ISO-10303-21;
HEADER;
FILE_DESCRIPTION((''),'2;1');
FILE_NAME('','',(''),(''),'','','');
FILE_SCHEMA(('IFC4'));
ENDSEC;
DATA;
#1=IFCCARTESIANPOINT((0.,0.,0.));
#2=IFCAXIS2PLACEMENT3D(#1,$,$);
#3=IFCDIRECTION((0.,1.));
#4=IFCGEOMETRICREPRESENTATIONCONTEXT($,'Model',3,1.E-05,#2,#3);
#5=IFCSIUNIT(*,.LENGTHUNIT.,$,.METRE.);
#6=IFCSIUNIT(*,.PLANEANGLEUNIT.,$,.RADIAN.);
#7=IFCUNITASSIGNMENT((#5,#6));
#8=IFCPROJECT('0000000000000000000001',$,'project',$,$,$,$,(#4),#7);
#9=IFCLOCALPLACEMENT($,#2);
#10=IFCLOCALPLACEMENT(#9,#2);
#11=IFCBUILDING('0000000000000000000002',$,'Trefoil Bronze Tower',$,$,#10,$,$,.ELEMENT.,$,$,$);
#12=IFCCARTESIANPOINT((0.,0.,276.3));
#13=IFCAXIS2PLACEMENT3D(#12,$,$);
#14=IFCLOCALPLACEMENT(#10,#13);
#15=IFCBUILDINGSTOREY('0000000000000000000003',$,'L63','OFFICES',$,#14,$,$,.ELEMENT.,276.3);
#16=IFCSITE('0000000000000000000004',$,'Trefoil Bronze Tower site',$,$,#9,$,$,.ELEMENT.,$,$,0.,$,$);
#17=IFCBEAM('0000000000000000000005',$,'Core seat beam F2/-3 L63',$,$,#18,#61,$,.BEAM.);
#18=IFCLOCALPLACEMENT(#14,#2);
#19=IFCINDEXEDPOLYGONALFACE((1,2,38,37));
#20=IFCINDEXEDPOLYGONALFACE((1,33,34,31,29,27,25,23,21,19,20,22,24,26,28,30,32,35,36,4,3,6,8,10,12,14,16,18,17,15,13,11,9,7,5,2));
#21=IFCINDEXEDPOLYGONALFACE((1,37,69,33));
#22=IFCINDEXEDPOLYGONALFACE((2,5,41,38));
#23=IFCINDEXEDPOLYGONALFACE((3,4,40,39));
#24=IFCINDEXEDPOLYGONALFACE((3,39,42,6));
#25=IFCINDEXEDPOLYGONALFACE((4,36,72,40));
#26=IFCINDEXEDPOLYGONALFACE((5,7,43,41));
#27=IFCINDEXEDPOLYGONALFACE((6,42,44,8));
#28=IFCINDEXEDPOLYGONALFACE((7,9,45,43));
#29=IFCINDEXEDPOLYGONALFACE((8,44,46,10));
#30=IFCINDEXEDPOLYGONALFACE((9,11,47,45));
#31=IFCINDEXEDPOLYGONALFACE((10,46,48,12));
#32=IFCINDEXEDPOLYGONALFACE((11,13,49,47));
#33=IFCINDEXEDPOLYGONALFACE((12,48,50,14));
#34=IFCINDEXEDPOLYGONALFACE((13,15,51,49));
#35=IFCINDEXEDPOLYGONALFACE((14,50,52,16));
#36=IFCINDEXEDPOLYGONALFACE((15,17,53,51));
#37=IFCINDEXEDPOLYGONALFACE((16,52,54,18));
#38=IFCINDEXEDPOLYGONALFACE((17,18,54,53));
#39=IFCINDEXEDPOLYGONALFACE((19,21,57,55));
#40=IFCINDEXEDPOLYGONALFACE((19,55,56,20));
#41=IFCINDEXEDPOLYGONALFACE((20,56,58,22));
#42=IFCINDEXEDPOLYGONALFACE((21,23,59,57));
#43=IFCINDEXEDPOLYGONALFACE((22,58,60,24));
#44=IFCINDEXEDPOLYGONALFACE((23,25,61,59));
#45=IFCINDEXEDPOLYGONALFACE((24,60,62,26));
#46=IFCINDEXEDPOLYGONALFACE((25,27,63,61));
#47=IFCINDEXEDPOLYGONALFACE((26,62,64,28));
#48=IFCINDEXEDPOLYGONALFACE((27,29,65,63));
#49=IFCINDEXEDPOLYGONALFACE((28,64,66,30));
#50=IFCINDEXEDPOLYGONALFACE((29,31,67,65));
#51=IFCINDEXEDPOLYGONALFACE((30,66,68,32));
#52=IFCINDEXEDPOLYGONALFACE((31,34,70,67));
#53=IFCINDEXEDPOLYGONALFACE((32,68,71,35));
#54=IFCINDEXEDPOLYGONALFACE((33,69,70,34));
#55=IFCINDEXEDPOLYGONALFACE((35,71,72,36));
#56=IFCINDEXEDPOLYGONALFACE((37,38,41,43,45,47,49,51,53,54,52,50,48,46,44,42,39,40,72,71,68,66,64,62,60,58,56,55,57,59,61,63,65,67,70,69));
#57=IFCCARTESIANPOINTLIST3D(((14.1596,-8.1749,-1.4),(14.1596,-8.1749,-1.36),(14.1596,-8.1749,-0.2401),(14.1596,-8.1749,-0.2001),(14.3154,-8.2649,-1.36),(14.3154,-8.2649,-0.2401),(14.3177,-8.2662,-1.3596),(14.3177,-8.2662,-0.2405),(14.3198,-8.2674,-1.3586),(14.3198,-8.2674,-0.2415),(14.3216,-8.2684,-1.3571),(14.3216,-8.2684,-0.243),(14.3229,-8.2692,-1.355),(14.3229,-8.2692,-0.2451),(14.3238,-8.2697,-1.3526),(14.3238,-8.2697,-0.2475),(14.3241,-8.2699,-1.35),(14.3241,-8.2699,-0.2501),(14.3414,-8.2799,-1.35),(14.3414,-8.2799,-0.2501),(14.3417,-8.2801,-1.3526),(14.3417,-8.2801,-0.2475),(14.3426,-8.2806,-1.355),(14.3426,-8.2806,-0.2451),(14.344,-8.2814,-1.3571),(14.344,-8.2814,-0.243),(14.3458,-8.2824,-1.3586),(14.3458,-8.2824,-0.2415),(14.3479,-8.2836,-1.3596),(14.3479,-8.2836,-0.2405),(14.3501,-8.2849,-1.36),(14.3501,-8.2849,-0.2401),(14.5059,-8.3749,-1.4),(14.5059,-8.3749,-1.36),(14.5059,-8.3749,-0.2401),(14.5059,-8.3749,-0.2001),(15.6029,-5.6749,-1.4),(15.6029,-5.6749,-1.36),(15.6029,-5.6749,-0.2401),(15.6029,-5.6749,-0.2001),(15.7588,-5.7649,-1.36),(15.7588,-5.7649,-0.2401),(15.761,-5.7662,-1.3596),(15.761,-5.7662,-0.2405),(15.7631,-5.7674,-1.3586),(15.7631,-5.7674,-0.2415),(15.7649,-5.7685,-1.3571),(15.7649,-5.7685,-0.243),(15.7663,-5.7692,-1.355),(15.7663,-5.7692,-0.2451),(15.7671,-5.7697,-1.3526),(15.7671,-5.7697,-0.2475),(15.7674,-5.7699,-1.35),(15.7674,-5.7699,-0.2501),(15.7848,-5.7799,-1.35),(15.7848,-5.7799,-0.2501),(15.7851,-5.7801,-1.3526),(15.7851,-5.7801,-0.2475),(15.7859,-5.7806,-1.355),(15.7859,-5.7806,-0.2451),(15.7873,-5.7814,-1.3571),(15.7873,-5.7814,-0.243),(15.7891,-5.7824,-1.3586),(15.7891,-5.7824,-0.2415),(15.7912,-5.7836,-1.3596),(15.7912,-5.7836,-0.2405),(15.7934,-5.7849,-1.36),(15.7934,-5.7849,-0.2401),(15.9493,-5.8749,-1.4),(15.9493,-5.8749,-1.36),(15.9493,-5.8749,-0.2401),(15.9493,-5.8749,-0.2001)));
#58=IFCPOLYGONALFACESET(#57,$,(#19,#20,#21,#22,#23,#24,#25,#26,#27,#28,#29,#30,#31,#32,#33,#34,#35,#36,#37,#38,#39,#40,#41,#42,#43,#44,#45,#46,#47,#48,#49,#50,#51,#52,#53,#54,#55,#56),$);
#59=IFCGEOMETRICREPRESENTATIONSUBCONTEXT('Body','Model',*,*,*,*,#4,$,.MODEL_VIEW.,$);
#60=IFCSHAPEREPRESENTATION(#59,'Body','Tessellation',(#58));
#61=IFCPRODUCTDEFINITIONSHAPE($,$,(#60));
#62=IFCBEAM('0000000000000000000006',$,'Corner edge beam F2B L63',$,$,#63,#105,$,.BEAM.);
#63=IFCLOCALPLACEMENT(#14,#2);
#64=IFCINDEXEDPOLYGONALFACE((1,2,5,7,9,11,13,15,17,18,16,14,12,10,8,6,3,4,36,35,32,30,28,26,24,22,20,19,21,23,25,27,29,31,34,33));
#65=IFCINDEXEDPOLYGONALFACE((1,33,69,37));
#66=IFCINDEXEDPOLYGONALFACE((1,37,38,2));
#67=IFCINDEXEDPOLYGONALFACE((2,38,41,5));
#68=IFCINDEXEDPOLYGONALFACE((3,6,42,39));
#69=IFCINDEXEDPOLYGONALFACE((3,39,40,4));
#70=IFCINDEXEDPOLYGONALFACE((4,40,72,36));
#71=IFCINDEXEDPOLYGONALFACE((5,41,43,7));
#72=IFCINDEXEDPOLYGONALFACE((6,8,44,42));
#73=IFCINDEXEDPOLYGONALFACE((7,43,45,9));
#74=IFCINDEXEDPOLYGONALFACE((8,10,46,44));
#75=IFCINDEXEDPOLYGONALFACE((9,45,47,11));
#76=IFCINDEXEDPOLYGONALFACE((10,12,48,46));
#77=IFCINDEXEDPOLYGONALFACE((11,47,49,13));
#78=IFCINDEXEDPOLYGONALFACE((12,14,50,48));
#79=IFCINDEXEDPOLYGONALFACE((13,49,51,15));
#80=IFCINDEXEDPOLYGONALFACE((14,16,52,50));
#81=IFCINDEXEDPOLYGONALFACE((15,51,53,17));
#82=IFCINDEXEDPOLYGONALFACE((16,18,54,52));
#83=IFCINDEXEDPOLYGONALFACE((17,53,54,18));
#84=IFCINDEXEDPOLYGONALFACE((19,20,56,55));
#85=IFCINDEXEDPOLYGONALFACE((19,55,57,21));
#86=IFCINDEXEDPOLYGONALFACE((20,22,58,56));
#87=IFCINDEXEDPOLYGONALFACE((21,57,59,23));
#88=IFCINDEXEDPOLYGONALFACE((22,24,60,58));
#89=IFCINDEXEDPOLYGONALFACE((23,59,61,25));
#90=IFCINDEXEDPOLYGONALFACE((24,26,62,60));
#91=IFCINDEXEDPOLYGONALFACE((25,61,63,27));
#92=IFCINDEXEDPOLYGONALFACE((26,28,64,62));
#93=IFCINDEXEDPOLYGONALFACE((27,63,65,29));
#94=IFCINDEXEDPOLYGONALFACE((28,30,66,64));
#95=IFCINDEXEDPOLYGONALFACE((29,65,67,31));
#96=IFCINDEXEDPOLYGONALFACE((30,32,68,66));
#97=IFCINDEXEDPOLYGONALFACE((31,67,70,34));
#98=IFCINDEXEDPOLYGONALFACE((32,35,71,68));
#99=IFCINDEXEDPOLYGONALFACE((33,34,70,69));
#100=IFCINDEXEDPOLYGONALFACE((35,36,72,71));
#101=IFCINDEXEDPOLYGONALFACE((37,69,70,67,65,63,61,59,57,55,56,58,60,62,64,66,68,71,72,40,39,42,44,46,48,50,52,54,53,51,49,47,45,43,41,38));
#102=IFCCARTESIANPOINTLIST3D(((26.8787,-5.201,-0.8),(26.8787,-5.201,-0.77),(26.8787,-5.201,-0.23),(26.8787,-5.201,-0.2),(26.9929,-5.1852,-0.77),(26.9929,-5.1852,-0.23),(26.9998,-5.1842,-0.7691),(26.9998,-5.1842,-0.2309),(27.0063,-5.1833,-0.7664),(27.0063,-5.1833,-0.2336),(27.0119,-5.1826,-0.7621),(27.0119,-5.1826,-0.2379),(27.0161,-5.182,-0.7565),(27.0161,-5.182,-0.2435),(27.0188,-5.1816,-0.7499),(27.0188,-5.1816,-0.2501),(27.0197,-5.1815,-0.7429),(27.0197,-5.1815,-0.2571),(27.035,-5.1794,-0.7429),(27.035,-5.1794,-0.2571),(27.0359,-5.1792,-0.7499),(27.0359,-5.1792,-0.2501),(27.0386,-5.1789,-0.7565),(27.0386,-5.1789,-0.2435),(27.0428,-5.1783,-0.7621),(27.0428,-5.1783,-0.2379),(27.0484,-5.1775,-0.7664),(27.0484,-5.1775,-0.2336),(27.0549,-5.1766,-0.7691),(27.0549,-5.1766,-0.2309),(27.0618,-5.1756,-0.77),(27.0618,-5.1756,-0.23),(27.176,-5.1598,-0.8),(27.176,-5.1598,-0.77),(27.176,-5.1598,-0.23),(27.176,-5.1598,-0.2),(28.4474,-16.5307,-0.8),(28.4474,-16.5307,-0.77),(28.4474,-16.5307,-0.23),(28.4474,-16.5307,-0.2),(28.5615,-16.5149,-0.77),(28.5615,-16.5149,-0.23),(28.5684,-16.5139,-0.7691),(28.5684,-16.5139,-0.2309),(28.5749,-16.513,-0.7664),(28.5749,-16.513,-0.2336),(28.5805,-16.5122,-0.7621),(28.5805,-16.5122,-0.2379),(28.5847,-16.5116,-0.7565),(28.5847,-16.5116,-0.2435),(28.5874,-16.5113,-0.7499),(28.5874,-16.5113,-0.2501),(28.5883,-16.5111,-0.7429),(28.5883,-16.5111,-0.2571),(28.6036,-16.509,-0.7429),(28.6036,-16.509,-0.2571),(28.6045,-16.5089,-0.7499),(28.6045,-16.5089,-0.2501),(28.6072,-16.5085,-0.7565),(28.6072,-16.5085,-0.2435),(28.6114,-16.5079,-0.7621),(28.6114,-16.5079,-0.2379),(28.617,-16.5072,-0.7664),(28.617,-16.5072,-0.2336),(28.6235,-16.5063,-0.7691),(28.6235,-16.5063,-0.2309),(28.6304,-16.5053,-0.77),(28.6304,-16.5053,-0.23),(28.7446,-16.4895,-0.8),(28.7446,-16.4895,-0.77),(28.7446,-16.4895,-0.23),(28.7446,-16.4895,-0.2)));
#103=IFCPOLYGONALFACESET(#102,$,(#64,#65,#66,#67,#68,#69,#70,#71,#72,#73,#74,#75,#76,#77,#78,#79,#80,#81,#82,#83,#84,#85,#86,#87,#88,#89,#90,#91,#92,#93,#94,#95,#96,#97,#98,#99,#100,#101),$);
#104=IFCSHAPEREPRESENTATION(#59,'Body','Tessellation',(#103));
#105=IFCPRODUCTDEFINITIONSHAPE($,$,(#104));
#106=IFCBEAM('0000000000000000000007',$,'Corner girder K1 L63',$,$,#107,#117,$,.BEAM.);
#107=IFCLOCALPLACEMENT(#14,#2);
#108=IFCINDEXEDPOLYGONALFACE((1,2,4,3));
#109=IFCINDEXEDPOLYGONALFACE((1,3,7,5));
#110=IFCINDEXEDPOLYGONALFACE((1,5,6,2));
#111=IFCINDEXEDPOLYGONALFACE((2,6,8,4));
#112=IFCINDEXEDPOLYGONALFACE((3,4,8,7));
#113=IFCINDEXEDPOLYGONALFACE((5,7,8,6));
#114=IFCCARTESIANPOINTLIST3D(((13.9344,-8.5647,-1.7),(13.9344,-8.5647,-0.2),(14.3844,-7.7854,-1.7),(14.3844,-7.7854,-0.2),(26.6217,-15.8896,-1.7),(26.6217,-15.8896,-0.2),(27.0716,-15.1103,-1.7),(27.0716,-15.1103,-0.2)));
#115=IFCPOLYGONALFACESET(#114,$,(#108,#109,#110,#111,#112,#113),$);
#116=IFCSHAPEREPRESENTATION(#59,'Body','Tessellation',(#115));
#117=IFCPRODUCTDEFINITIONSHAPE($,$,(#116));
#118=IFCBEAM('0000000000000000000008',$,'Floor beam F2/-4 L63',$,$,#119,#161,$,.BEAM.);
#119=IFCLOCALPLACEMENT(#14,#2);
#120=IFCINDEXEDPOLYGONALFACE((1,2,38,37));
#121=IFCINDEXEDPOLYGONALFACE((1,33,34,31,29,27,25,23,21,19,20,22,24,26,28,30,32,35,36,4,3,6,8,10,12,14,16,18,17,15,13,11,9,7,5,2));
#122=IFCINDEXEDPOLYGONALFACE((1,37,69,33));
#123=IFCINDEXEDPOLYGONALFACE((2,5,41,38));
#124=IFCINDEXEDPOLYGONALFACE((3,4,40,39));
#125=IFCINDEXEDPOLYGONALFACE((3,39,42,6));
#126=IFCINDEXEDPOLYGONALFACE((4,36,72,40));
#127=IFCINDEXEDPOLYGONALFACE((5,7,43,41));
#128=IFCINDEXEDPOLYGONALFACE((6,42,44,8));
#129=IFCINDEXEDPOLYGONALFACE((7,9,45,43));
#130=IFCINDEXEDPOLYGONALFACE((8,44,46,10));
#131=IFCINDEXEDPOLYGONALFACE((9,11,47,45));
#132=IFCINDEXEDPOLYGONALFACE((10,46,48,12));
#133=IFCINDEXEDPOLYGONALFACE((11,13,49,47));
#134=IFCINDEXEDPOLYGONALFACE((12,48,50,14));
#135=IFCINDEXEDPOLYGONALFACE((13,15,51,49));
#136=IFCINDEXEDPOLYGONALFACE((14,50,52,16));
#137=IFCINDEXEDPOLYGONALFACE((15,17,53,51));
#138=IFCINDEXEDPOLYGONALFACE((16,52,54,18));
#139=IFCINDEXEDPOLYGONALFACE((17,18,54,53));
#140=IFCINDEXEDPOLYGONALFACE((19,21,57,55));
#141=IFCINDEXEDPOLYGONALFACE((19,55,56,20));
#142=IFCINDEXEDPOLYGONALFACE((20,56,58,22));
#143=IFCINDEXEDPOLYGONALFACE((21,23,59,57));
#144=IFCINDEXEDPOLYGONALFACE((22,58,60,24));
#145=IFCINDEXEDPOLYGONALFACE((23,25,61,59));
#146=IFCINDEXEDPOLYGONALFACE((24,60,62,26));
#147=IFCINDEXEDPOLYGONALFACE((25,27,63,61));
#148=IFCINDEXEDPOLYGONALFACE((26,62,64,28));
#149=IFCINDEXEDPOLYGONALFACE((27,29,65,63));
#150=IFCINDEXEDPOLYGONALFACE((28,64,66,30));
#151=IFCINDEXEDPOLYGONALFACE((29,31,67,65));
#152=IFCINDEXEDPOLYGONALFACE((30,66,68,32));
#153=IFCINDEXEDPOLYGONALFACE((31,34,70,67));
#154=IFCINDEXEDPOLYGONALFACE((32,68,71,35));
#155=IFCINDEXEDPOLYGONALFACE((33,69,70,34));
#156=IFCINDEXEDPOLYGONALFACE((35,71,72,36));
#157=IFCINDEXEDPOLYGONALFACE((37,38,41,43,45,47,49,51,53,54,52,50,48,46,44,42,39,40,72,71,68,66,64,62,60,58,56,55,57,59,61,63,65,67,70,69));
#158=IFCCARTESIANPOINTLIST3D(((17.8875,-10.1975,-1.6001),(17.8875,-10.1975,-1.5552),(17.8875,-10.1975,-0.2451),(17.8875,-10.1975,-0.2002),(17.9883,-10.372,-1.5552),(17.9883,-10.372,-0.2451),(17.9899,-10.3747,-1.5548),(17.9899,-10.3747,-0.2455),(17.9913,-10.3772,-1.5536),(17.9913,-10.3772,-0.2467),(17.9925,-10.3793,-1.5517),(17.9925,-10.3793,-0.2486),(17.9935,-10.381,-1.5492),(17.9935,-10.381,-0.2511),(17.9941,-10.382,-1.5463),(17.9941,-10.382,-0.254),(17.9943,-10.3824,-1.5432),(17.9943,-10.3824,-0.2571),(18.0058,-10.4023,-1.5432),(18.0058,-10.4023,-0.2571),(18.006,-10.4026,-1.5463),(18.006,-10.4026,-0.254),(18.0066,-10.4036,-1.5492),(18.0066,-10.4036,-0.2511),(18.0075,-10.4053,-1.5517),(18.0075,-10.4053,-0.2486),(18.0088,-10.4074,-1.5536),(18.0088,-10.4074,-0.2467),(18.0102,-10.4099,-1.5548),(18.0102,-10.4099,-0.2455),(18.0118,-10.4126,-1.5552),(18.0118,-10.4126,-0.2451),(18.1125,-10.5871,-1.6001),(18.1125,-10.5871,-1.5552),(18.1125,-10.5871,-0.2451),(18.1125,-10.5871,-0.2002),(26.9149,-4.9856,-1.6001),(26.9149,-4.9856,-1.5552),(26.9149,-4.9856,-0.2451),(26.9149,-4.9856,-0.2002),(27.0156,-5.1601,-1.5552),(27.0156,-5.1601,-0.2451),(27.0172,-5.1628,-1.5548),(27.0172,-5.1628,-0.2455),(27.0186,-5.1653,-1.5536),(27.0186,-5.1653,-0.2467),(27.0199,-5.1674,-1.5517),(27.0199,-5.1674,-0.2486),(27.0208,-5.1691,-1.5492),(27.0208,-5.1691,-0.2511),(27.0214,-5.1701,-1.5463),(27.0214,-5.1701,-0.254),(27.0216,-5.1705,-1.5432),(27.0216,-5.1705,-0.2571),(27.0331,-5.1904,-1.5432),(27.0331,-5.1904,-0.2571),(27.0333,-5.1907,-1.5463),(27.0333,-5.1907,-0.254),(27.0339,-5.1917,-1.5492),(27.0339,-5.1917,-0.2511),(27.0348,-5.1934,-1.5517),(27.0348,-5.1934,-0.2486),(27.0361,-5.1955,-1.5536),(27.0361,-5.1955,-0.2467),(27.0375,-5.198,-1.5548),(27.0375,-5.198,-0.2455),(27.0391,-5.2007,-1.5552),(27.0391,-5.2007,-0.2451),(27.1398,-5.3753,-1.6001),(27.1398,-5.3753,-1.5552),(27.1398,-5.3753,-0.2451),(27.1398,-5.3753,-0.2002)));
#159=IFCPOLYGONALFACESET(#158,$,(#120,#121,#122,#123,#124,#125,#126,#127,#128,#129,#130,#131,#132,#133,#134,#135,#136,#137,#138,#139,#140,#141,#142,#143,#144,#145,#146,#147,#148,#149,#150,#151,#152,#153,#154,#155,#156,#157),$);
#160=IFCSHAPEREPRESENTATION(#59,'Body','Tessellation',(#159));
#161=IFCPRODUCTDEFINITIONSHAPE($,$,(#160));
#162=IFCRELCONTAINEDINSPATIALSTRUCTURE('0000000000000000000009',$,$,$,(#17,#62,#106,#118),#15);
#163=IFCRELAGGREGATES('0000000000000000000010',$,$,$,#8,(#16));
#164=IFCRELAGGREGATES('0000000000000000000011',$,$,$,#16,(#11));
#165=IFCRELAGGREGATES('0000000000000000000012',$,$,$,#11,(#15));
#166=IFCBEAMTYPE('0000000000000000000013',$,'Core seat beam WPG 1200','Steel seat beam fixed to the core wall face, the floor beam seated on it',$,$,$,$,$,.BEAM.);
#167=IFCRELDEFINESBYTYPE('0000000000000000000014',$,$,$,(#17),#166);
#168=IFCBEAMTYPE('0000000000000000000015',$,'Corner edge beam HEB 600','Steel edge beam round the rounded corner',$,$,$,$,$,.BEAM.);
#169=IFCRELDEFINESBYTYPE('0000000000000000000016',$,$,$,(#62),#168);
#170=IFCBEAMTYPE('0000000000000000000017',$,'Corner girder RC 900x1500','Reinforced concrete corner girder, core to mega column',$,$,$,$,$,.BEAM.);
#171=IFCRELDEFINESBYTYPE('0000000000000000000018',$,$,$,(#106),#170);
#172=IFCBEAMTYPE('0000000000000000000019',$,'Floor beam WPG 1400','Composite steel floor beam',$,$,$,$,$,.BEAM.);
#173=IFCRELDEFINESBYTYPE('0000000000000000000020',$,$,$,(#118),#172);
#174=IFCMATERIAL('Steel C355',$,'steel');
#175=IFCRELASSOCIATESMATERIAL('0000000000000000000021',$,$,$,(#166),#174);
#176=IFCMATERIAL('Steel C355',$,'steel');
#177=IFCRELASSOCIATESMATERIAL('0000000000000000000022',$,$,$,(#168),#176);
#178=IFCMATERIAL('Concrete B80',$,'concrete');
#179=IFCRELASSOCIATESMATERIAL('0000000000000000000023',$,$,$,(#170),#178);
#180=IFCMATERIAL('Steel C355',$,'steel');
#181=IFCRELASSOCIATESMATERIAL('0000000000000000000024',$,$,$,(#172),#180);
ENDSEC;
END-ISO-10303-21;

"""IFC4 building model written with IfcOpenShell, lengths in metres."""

from ifc_helpers import new_model, si_unit, direction, frame, origin, origin_2d, place, context, subcontext, project, spatial, rectangle, i_section, extrude, material, material_profile, profile_set, type_object, element, save


model = new_model("IFC4")

# Units and contexts
model_context = context("Model", 3, precision=1e-05, world=origin(), true_north=direction((0.0, 1.0)))
body_context = subcontext(model_context, "Body", "Model", "MODEL_VIEW")
ifc_project = project(units=[si_unit("LENGTHUNIT", "METRE"), si_unit("PLANEANGLEUNIT", "RADIAN")], contexts=[model_context])

# Site, building, storey
site_placement = place(None, origin())
site = spatial("IfcSite", under=ifc_project, at=site_placement, Name="Trefoil Bronze Tower site", CompositionType="ELEMENT", RefElevation=0.0)
building_placement = place(site_placement, origin())
building = spatial("IfcBuilding", under=site, at=building_placement, Name="Trefoil Bronze Tower", CompositionType="ELEMENT")
storey_placement = place(building_placement, frame((0.0, 0.0, 276.3)))
storey = spatial("IfcBuildingStorey", under=building, at=storey_placement, Name="L63", Description="OFFICES", CompositionType="ELEMENT", Elevation=276.3)

# Beams
ifc_material_1 = material(Name="Steel C355", Category="steel")
ifc_material_profile_1 = material_profile(ifc_material_1, i_section(OverallWidth=0.3999, OverallDepth=1.2, WebThickness=0.02, FlangeThickness=0.04, FilletRadius=0.01, at=origin_2d()), Name="WPG 1200")
ifc_profile_set_1 = profile_set([ifc_material_profile_1], Name="Steel C355")
beam_type_1 = type_object("IfcBeamType", Name="Core seat beam WPG 1200", Description="Steel seat beam fixed to the core wall face, the floor beam seated on it", PredefinedType="BEAM", material=ifc_profile_set_1)
beam_1_placement = place(storey_placement, frame((14.3328, -8.2749, -0.8), z_axis=(0.499996, 0.866028, 0.0), x_axis=(-0.866028, 0.499996, 0.0)))
element("IfcBeam", 1, at=beam_1_placement, inside=storey, type_object=beam_type_1, Name="Core seat beam F2/-3 L63", PredefinedType="BEAM", context=body_context, shape_type="SweptSolid", body=[
    extrude(i_section(OverallWidth=0.3999, OverallDepth=1.2, WebThickness=0.02, FlangeThickness=0.04, FilletRadius=0.01, at=origin_2d()), origin(), (0.0, 0.0, 1.0), 2.8867),
])
ifc_material_2 = material(Name="Steel C355", Category="steel")
ifc_material_profile_2 = material_profile(ifc_material_2, i_section(OverallWidth=0.3, OverallDepth=0.6001, WebThickness=0.0154, FlangeThickness=0.03, FilletRadius=0.0271, at=origin_2d()), Name="HEB 600")
ifc_profile_set_2 = profile_set([ifc_material_profile_2], Name="Steel C355")
beam_type_2 = type_object("IfcBeamType", Name="Corner edge beam HEB 600", Description="Steel edge beam round the rounded corner", PredefinedType="BEAM", material=ifc_profile_set_2)
beam_2_placement = place(storey_placement, frame((27.0273, -5.1804, -0.5), z_axis=(0.137144, -0.990551, 0.0), x_axis=(0.990551, 0.137144, 0.0)))
element("IfcBeam", 2, at=beam_2_placement, inside=storey, type_object=beam_type_2, Name="Corner edge beam F2B L63", PredefinedType="BEAM", context=body_context, shape_type="SweptSolid", body=[
    extrude(i_section(OverallWidth=0.3, OverallDepth=0.6001, WebThickness=0.0154, FlangeThickness=0.03, FilletRadius=0.0271, at=origin_2d()), origin(), (0.0, 0.0, 1.0), 11.4377),
])
ifc_material_3 = material(Name="Concrete B80", Category="concrete")
ifc_material_profile_3 = material_profile(ifc_material_3, rectangle(XDim=0.8999, YDim=1.5, at=origin_2d()), Name="RC 900x1500")
ifc_profile_set_3 = profile_set([ifc_material_profile_3], Name="Concrete B80")
beam_type_3 = type_object("IfcBeamType", Name="Corner girder RC 900x1500", Description="Reinforced concrete corner girder, core to mega column", PredefinedType="BEAM", material=ifc_profile_set_3)
beam_3_placement = place(storey_placement, frame((14.1594, -8.175, -0.95), z_axis=(0.866027, -0.499998, 0.0), x_axis=(0.499998, 0.866027, 0.0)))
element("IfcBeam", 3, at=beam_3_placement, inside=storey, type_object=beam_type_3, Name="Corner girder K1 L63", PredefinedType="BEAM", context=body_context, shape_type="SweptSolid", body=[
    extrude(rectangle(XDim=0.8999, YDim=1.5, at=origin_2d()), origin(), (0.0, 0.0, 1.0), 14.6499),
])
ifc_material_4 = material(Name="Steel C355", Category="steel")
ifc_material_profile_4 = material_profile(ifc_material_4, i_section(OverallWidth=0.45, OverallDepth=1.3999, WebThickness=0.0229, FlangeThickness=0.0449, FilletRadius=0.012, at=origin_2d()), Name="WPG 1400")
ifc_profile_set_4 = profile_set([ifc_material_profile_4], Name="Steel C355")
beam_type_4 = type_object("IfcBeamType", Name="Floor beam WPG 1400", Description="Composite steel floor beam", PredefinedType="BEAM", material=ifc_profile_set_4)
beam_4_placement = place(storey_placement, frame((27.0273, -5.1804, -0.9001), z_axis=(-0.866026, -0.499998, 0.0), x_axis=(0.499998, -0.866026, 0.0)))
element("IfcBeam", 4, at=beam_4_placement, inside=storey, type_object=beam_type_4, Name="Floor beam F2/-4 L63", PredefinedType="BEAM", context=body_context, shape_type="SweptSolid", body=[
    extrude(i_section(OverallWidth=0.45, OverallDepth=1.3999, WebThickness=0.0229, FlangeThickness=0.0449, FilletRadius=0.012, at=origin_2d()), origin(), (0.0, 0.0, 1.0), 10.4238),
])

save(model, "model.ifc")
